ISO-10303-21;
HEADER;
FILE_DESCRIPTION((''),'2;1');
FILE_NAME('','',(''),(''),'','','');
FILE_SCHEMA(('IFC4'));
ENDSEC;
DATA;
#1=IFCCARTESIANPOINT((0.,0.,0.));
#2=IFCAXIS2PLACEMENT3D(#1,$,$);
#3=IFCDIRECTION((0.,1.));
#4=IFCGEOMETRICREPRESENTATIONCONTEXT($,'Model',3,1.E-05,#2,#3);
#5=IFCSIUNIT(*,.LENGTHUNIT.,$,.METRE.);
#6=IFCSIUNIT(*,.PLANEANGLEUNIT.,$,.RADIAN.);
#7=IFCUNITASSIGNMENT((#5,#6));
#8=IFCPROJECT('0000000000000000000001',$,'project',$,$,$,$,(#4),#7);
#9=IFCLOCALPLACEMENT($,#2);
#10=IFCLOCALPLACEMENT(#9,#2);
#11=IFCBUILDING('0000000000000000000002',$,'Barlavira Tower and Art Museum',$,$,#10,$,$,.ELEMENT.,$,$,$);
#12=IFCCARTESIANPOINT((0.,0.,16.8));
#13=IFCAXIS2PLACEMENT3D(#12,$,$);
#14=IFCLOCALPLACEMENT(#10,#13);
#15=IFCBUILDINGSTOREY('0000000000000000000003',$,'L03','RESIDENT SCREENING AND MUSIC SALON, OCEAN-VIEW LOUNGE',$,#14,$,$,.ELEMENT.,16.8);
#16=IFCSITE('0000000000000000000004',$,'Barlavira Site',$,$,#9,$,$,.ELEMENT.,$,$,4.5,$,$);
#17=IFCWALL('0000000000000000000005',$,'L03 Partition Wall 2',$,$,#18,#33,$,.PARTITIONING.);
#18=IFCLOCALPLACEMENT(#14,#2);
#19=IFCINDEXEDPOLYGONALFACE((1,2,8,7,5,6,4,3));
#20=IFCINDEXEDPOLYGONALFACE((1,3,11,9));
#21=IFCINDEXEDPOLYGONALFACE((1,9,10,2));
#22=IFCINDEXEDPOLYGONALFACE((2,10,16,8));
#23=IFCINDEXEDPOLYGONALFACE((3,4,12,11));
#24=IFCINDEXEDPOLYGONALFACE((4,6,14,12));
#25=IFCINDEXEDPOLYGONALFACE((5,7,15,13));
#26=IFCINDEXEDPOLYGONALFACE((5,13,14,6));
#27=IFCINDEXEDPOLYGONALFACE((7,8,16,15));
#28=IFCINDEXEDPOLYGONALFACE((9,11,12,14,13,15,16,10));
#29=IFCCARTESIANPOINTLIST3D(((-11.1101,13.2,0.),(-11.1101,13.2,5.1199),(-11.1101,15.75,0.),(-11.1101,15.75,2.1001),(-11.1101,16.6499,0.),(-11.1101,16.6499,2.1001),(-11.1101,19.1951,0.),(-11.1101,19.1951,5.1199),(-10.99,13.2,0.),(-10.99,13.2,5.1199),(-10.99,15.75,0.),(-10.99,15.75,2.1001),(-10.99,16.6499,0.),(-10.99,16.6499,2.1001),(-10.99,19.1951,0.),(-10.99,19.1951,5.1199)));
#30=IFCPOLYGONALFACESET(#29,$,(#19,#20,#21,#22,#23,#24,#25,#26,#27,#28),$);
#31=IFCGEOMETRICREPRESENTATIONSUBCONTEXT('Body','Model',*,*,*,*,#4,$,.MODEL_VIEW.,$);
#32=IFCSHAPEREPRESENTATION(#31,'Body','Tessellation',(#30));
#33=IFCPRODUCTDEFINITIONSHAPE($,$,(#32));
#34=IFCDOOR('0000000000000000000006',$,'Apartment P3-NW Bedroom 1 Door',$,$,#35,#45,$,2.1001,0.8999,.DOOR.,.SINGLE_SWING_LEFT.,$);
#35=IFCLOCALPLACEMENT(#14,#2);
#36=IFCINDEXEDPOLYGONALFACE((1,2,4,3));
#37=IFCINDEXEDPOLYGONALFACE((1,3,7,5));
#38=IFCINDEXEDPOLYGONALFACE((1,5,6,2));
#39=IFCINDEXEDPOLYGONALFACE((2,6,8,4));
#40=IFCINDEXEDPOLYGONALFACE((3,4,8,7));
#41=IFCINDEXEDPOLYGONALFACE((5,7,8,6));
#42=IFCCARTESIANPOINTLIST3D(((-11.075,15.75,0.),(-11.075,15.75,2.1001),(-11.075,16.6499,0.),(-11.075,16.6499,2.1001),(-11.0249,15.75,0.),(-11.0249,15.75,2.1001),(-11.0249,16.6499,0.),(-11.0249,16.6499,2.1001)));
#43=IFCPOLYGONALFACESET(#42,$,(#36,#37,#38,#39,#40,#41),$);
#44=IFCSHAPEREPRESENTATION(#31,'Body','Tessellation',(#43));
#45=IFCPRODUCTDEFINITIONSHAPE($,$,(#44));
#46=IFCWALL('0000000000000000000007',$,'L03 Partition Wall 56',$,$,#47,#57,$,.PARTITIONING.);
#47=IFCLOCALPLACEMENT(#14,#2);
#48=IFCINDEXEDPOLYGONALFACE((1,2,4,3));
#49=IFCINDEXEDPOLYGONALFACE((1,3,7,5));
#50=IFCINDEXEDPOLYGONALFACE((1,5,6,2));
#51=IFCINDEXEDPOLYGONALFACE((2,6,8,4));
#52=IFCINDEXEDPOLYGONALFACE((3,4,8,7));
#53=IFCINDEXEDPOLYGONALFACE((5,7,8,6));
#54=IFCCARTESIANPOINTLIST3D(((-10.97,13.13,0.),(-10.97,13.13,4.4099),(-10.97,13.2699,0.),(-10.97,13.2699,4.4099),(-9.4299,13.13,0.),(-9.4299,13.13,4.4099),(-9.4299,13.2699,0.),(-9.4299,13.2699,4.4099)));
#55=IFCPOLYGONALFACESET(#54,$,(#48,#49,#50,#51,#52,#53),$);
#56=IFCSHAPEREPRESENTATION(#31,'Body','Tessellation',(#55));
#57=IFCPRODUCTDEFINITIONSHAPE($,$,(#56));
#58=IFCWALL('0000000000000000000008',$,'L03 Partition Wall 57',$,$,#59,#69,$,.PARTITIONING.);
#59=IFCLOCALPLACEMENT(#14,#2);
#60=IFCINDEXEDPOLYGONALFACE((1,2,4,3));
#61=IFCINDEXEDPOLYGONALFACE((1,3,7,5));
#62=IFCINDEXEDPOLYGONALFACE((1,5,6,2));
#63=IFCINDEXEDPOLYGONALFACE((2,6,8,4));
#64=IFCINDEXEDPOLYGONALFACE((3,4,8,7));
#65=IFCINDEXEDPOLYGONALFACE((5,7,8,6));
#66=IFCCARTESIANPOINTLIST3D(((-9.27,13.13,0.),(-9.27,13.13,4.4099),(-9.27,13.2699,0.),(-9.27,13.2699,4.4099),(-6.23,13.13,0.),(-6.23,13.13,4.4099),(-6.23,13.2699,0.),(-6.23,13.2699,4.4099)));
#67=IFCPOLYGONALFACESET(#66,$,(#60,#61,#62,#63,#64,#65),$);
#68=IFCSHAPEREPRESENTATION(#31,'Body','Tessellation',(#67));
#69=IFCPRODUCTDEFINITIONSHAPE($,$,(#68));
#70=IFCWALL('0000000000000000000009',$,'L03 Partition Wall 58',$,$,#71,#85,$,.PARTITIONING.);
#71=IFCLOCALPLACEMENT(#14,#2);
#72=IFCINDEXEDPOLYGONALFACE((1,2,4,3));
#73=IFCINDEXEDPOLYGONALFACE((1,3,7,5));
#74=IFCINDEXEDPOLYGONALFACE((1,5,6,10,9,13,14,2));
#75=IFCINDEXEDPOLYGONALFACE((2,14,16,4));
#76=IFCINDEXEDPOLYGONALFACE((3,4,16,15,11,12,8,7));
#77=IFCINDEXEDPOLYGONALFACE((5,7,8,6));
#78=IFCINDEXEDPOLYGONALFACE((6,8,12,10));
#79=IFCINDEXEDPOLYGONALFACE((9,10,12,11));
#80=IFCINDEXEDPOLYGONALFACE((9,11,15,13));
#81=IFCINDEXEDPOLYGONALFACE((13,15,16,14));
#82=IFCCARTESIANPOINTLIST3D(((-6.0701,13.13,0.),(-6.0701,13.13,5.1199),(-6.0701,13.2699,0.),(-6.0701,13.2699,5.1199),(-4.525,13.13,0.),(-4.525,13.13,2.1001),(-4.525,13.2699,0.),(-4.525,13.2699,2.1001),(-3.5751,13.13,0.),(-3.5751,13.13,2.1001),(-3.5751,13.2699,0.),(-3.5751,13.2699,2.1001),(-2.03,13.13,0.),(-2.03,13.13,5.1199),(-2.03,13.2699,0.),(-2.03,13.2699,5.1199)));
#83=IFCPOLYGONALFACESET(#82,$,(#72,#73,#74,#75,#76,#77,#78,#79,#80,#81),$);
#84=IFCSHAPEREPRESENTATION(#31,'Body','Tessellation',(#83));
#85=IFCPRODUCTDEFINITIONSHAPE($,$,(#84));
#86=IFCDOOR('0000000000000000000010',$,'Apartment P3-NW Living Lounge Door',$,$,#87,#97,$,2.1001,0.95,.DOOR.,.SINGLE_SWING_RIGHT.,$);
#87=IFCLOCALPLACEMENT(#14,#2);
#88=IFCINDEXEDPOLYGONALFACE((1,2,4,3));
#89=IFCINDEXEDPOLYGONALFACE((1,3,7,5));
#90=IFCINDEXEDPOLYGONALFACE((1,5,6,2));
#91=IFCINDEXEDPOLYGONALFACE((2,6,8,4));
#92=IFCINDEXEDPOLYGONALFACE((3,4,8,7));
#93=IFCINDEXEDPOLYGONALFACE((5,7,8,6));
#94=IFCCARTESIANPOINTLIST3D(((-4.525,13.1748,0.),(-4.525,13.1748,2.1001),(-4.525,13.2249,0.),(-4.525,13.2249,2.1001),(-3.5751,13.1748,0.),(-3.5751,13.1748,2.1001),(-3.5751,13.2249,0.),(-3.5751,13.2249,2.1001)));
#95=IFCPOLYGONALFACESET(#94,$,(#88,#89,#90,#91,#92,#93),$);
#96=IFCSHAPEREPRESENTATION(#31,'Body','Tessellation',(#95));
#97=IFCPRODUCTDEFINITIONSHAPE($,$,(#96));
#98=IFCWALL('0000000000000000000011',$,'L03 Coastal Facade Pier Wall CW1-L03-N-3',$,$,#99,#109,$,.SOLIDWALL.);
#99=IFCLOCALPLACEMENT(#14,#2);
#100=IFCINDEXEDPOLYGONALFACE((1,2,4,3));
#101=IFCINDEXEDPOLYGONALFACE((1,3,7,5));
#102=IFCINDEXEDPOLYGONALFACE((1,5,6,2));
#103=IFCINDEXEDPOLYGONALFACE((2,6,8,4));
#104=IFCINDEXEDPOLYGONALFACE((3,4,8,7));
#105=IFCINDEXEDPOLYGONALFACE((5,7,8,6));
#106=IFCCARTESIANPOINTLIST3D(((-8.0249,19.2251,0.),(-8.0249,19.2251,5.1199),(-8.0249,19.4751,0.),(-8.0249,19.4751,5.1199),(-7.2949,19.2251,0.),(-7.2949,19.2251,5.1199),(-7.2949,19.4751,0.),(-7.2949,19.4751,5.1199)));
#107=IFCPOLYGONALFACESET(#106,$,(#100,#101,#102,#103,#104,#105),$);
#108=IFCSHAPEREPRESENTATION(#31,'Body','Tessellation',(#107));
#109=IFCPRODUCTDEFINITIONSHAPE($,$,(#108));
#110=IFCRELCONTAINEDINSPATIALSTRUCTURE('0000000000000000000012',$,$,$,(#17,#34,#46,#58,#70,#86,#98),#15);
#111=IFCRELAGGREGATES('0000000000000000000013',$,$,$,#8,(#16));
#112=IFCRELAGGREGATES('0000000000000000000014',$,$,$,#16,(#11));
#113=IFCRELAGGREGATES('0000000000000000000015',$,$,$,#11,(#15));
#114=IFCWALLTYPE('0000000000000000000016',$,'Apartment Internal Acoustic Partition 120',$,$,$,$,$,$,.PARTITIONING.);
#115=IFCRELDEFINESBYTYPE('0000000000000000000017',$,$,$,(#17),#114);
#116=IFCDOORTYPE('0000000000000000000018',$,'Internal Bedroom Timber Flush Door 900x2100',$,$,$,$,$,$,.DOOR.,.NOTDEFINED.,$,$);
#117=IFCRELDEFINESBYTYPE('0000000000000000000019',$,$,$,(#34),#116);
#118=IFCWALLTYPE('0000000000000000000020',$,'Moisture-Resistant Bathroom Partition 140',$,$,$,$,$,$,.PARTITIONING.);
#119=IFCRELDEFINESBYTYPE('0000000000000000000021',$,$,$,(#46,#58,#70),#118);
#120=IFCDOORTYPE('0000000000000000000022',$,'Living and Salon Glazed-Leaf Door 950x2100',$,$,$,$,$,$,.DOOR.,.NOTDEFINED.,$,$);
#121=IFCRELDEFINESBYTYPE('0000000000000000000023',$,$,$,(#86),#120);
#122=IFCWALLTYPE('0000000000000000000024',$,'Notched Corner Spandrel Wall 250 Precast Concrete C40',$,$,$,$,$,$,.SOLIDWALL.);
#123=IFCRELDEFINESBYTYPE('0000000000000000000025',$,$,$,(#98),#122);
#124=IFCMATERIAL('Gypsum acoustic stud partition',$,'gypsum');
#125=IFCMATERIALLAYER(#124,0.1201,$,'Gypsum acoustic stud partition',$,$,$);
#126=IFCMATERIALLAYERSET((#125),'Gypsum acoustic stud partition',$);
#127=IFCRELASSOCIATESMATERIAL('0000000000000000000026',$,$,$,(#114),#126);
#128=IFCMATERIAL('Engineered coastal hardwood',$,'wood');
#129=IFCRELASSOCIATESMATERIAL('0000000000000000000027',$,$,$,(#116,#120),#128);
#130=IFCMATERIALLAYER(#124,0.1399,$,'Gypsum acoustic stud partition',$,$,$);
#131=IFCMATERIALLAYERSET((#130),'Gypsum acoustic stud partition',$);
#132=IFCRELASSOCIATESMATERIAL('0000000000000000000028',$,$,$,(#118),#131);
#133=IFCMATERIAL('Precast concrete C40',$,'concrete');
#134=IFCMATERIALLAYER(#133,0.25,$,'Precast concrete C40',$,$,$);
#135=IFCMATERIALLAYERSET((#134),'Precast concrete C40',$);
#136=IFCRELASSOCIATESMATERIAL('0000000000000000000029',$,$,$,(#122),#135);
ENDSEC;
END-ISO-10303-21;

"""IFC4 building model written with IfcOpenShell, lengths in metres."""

from ifc_helpers import new_model, si_unit, direction, frame, frame_2d, origin, place, context, subcontext, project, spatial, rectangle, extrude, material, layer, layer_set, type_object, element, fill, save


model = new_model("IFC4")

# Units and contexts
model_context = context("Model", 3, precision=1e-05, world=origin(), true_north=direction((0.0, 1.0)))
body_context = subcontext(model_context, "Body", "Model", "MODEL_VIEW")
ifc_project = project(units=[si_unit("LENGTHUNIT", "METRE"), si_unit("PLANEANGLEUNIT", "RADIAN")], contexts=[model_context])

# Site, building, storey
site_placement = place(None, origin())
site = spatial("IfcSite", under=ifc_project, at=site_placement, Name="Barlavira Site", CompositionType="ELEMENT", RefElevation=4.5)
building_placement = place(site_placement, origin())
building = spatial("IfcBuilding", under=site, at=building_placement, Name="Barlavira Tower and Art Museum", CompositionType="ELEMENT")
storey_placement = place(building_placement, frame((0.0, 0.0, 16.8)))
storey = spatial("IfcBuildingStorey", under=building, at=storey_placement, Name="L03", Description="RESIDENT SCREENING AND MUSIC SALON, OCEAN-VIEW LOUNGE", CompositionType="ELEMENT", Elevation=16.8)

# Wall, opening, door
ifc_material_1 = material(Name="Gypsum acoustic stud partition", Category="gypsum")
ifc_layer_1 = layer(ifc_material_1, 0.1201, Name="Gypsum acoustic stud partition")
ifc_layer_set_1 = layer_set([ifc_layer_1], Name="Gypsum acoustic stud partition")
wall_type_1 = type_object("IfcWallType", Name="Apartment Internal Acoustic Partition 120", PredefinedType="PARTITIONING", material=ifc_layer_set_1)
wall_1_placement = place(storey_placement, frame((-11.05, 13.2, 0.0), z_axis=(0.0, 0.0, 1.0), x_axis=(0.0, 1.0, 0.0)))
wall_1 = element("IfcWall", 1, at=wall_1_placement, inside=storey, type_object=wall_type_1, Name="L03 Partition Wall 2", PredefinedType="PARTITIONING", context=body_context, shape_type="SweptSolid", body=[
    extrude(rectangle(XDim=5.9951, YDim=0.1201, at=frame_2d((2.9976, 0.0))), origin(), (0.0, 0.0, 1.0), 5.1199),
])
opening_1_placement = place(wall_1_placement, frame((2.55, 0.0, 0.0)))
opening_1 = element("IfcOpeningElement", 2, at=opening_1_placement, cuts=wall_1, PredefinedType="OPENING", context=body_context, shape_type="SweptSolid", body=[
    extrude(rectangle(XDim=0.8999, YDim=2.1001, at=frame_2d((0.45, 1.05))), frame((0.0, 0.0701, 0.0), z_axis=(0.0, -1.0, 0.0), x_axis=(1.0, 0.0, 0.0)), (0.0, 0.0, 1.0), 0.1401),
])
ifc_material_2 = material(Name="Engineered coastal hardwood", Category="wood")
door_type_1 = type_object("IfcDoorType", Name="Internal Bedroom Timber Flush Door 900x2100", OperationType="NOTDEFINED", PredefinedType="DOOR", material=ifc_material_2)
door_1_placement = place(opening_1_placement, origin())
door_1 = element("IfcDoor", 3, at=door_1_placement, inside=storey, type_object=door_type_1, Name="Apartment P3-NW Bedroom 1 Door", OperationType="SINGLE_SWING_LEFT", OverallHeight=2.1001, OverallWidth=0.8999, PredefinedType="DOOR", context=body_context, shape_type="SweptSolid", body=[
    extrude(rectangle(XDim=0.8999, YDim=2.1001, at=frame_2d((0.45, 1.05))), frame((0.0, 0.0249, 0.0), z_axis=(0.0, -1.0, 0.0), x_axis=(1.0, 0.0, 0.0)), (0.0, 0.0, 1.0), 0.05),
])
fill(opening_1, door_1)

# Walls
ifc_layer_2 = layer(ifc_material_1, 0.1399, Name="Gypsum acoustic stud partition")
ifc_layer_set_2 = layer_set([ifc_layer_2], Name="Gypsum acoustic stud partition")
wall_type_2 = type_object("IfcWallType", Name="Moisture-Resistant Bathroom Partition 140", PredefinedType="PARTITIONING", material=ifc_layer_set_2)
wall_2_placement = place(storey_placement, frame((-10.97, 13.2, 0.0), z_axis=(0.0, 0.0, 1.0), x_axis=(1.0, 0.0, 0.0)))
element("IfcWall", 4, at=wall_2_placement, inside=storey, type_object=wall_type_2, Name="L03 Partition Wall 56", PredefinedType="PARTITIONING", context=body_context, shape_type="SweptSolid", body=[
    extrude(rectangle(XDim=1.54, YDim=0.1399, at=frame_2d((0.77, 0.0))), origin(), (0.0, 0.0, 1.0), 4.4099),
])
wall_3_placement = place(storey_placement, frame((-9.27, 13.2, 0.0), z_axis=(0.0, 0.0, 1.0), x_axis=(1.0, 0.0, 0.0)))
element("IfcWall", 5, at=wall_3_placement, inside=storey, type_object=wall_type_2, Name="L03 Partition Wall 57", PredefinedType="PARTITIONING", context=body_context, shape_type="SweptSolid", body=[
    extrude(rectangle(XDim=3.04, YDim=0.1399, at=frame_2d((1.52, 0.0))), origin(), (0.0, 0.0, 1.0), 4.4099),
])

# Wall, opening, door
wall_4_placement = place(storey_placement, frame((-6.0701, 13.2, 0.0), z_axis=(0.0, 0.0, 1.0), x_axis=(1.0, 0.0, 0.0)))
wall_4 = element("IfcWall", 6, at=wall_4_placement, inside=storey, type_object=wall_type_2, Name="L03 Partition Wall 58", PredefinedType="PARTITIONING", context=body_context, shape_type="SweptSolid", body=[
    extrude(rectangle(XDim=4.04, YDim=0.1399, at=frame_2d((2.02, 0.0))), origin(), (0.0, 0.0, 1.0), 5.1199),
])
opening_2_placement = place(wall_4_placement, frame((1.5449, 0.0, 0.0)))
opening_2 = element("IfcOpeningElement", 7, at=opening_2_placement, cuts=wall_4, PredefinedType="OPENING", context=body_context, shape_type="SweptSolid", body=[
    extrude(rectangle(XDim=0.95, YDim=2.1001, at=frame_2d((0.4751, 1.05))), frame((0.0, 0.0801, 0.0), z_axis=(0.0, -1.0, 0.0), x_axis=(1.0, 0.0, 0.0)), (0.0, 0.0, 1.0), 0.1599),
])
door_type_2 = type_object("IfcDoorType", Name="Living and Salon Glazed-Leaf Door 950x2100", OperationType="NOTDEFINED", PredefinedType="DOOR", material=ifc_material_2)
door_2_placement = place(opening_2_placement, origin())
door_2 = element("IfcDoor", 8, at=door_2_placement, inside=storey, type_object=door_type_2, Name="Apartment P3-NW Living Lounge Door", OperationType="SINGLE_SWING_RIGHT", OverallHeight=2.1001, OverallWidth=0.95, PredefinedType="DOOR", context=body_context, shape_type="SweptSolid", body=[
    extrude(rectangle(XDim=0.95, YDim=2.1001, at=frame_2d((0.4751, 1.05))), frame((0.0, 0.0249, 0.0), z_axis=(0.0, -1.0, 0.0), x_axis=(1.0, 0.0, 0.0)), (0.0, 0.0, 1.0), 0.05),
])
fill(opening_2, door_2)

# Wall
ifc_material_3 = material(Name="Precast concrete C40", Category="concrete")
ifc_layer_3 = layer(ifc_material_3, 0.25, Name="Precast concrete C40")
ifc_layer_set_3 = layer_set([ifc_layer_3], Name="Precast concrete C40")
wall_type_3 = type_object("IfcWallType", Name="Notched Corner Spandrel Wall 250 Precast Concrete C40", PredefinedType="SOLIDWALL", material=ifc_layer_set_3)
wall_5_placement = place(storey_placement, frame((-7.2949, 19.3501, 0.0), z_axis=(0.0, 0.0, 1.0), x_axis=(-1.0, 0.0, 0.0)))
element("IfcWall", 9, at=wall_5_placement, inside=storey, type_object=wall_type_3, Name="L03 Coastal Facade Pier Wall CW1-L03-N-3", PredefinedType="SOLIDWALL", context=body_context, shape_type="SweptSolid", body=[
    extrude(rectangle(XDim=0.73, YDim=0.25, at=frame_2d((0.365, 0.0))), origin(), (0.0, 0.0, 1.0), 5.1199),
])

save(model, "model.ifc")
